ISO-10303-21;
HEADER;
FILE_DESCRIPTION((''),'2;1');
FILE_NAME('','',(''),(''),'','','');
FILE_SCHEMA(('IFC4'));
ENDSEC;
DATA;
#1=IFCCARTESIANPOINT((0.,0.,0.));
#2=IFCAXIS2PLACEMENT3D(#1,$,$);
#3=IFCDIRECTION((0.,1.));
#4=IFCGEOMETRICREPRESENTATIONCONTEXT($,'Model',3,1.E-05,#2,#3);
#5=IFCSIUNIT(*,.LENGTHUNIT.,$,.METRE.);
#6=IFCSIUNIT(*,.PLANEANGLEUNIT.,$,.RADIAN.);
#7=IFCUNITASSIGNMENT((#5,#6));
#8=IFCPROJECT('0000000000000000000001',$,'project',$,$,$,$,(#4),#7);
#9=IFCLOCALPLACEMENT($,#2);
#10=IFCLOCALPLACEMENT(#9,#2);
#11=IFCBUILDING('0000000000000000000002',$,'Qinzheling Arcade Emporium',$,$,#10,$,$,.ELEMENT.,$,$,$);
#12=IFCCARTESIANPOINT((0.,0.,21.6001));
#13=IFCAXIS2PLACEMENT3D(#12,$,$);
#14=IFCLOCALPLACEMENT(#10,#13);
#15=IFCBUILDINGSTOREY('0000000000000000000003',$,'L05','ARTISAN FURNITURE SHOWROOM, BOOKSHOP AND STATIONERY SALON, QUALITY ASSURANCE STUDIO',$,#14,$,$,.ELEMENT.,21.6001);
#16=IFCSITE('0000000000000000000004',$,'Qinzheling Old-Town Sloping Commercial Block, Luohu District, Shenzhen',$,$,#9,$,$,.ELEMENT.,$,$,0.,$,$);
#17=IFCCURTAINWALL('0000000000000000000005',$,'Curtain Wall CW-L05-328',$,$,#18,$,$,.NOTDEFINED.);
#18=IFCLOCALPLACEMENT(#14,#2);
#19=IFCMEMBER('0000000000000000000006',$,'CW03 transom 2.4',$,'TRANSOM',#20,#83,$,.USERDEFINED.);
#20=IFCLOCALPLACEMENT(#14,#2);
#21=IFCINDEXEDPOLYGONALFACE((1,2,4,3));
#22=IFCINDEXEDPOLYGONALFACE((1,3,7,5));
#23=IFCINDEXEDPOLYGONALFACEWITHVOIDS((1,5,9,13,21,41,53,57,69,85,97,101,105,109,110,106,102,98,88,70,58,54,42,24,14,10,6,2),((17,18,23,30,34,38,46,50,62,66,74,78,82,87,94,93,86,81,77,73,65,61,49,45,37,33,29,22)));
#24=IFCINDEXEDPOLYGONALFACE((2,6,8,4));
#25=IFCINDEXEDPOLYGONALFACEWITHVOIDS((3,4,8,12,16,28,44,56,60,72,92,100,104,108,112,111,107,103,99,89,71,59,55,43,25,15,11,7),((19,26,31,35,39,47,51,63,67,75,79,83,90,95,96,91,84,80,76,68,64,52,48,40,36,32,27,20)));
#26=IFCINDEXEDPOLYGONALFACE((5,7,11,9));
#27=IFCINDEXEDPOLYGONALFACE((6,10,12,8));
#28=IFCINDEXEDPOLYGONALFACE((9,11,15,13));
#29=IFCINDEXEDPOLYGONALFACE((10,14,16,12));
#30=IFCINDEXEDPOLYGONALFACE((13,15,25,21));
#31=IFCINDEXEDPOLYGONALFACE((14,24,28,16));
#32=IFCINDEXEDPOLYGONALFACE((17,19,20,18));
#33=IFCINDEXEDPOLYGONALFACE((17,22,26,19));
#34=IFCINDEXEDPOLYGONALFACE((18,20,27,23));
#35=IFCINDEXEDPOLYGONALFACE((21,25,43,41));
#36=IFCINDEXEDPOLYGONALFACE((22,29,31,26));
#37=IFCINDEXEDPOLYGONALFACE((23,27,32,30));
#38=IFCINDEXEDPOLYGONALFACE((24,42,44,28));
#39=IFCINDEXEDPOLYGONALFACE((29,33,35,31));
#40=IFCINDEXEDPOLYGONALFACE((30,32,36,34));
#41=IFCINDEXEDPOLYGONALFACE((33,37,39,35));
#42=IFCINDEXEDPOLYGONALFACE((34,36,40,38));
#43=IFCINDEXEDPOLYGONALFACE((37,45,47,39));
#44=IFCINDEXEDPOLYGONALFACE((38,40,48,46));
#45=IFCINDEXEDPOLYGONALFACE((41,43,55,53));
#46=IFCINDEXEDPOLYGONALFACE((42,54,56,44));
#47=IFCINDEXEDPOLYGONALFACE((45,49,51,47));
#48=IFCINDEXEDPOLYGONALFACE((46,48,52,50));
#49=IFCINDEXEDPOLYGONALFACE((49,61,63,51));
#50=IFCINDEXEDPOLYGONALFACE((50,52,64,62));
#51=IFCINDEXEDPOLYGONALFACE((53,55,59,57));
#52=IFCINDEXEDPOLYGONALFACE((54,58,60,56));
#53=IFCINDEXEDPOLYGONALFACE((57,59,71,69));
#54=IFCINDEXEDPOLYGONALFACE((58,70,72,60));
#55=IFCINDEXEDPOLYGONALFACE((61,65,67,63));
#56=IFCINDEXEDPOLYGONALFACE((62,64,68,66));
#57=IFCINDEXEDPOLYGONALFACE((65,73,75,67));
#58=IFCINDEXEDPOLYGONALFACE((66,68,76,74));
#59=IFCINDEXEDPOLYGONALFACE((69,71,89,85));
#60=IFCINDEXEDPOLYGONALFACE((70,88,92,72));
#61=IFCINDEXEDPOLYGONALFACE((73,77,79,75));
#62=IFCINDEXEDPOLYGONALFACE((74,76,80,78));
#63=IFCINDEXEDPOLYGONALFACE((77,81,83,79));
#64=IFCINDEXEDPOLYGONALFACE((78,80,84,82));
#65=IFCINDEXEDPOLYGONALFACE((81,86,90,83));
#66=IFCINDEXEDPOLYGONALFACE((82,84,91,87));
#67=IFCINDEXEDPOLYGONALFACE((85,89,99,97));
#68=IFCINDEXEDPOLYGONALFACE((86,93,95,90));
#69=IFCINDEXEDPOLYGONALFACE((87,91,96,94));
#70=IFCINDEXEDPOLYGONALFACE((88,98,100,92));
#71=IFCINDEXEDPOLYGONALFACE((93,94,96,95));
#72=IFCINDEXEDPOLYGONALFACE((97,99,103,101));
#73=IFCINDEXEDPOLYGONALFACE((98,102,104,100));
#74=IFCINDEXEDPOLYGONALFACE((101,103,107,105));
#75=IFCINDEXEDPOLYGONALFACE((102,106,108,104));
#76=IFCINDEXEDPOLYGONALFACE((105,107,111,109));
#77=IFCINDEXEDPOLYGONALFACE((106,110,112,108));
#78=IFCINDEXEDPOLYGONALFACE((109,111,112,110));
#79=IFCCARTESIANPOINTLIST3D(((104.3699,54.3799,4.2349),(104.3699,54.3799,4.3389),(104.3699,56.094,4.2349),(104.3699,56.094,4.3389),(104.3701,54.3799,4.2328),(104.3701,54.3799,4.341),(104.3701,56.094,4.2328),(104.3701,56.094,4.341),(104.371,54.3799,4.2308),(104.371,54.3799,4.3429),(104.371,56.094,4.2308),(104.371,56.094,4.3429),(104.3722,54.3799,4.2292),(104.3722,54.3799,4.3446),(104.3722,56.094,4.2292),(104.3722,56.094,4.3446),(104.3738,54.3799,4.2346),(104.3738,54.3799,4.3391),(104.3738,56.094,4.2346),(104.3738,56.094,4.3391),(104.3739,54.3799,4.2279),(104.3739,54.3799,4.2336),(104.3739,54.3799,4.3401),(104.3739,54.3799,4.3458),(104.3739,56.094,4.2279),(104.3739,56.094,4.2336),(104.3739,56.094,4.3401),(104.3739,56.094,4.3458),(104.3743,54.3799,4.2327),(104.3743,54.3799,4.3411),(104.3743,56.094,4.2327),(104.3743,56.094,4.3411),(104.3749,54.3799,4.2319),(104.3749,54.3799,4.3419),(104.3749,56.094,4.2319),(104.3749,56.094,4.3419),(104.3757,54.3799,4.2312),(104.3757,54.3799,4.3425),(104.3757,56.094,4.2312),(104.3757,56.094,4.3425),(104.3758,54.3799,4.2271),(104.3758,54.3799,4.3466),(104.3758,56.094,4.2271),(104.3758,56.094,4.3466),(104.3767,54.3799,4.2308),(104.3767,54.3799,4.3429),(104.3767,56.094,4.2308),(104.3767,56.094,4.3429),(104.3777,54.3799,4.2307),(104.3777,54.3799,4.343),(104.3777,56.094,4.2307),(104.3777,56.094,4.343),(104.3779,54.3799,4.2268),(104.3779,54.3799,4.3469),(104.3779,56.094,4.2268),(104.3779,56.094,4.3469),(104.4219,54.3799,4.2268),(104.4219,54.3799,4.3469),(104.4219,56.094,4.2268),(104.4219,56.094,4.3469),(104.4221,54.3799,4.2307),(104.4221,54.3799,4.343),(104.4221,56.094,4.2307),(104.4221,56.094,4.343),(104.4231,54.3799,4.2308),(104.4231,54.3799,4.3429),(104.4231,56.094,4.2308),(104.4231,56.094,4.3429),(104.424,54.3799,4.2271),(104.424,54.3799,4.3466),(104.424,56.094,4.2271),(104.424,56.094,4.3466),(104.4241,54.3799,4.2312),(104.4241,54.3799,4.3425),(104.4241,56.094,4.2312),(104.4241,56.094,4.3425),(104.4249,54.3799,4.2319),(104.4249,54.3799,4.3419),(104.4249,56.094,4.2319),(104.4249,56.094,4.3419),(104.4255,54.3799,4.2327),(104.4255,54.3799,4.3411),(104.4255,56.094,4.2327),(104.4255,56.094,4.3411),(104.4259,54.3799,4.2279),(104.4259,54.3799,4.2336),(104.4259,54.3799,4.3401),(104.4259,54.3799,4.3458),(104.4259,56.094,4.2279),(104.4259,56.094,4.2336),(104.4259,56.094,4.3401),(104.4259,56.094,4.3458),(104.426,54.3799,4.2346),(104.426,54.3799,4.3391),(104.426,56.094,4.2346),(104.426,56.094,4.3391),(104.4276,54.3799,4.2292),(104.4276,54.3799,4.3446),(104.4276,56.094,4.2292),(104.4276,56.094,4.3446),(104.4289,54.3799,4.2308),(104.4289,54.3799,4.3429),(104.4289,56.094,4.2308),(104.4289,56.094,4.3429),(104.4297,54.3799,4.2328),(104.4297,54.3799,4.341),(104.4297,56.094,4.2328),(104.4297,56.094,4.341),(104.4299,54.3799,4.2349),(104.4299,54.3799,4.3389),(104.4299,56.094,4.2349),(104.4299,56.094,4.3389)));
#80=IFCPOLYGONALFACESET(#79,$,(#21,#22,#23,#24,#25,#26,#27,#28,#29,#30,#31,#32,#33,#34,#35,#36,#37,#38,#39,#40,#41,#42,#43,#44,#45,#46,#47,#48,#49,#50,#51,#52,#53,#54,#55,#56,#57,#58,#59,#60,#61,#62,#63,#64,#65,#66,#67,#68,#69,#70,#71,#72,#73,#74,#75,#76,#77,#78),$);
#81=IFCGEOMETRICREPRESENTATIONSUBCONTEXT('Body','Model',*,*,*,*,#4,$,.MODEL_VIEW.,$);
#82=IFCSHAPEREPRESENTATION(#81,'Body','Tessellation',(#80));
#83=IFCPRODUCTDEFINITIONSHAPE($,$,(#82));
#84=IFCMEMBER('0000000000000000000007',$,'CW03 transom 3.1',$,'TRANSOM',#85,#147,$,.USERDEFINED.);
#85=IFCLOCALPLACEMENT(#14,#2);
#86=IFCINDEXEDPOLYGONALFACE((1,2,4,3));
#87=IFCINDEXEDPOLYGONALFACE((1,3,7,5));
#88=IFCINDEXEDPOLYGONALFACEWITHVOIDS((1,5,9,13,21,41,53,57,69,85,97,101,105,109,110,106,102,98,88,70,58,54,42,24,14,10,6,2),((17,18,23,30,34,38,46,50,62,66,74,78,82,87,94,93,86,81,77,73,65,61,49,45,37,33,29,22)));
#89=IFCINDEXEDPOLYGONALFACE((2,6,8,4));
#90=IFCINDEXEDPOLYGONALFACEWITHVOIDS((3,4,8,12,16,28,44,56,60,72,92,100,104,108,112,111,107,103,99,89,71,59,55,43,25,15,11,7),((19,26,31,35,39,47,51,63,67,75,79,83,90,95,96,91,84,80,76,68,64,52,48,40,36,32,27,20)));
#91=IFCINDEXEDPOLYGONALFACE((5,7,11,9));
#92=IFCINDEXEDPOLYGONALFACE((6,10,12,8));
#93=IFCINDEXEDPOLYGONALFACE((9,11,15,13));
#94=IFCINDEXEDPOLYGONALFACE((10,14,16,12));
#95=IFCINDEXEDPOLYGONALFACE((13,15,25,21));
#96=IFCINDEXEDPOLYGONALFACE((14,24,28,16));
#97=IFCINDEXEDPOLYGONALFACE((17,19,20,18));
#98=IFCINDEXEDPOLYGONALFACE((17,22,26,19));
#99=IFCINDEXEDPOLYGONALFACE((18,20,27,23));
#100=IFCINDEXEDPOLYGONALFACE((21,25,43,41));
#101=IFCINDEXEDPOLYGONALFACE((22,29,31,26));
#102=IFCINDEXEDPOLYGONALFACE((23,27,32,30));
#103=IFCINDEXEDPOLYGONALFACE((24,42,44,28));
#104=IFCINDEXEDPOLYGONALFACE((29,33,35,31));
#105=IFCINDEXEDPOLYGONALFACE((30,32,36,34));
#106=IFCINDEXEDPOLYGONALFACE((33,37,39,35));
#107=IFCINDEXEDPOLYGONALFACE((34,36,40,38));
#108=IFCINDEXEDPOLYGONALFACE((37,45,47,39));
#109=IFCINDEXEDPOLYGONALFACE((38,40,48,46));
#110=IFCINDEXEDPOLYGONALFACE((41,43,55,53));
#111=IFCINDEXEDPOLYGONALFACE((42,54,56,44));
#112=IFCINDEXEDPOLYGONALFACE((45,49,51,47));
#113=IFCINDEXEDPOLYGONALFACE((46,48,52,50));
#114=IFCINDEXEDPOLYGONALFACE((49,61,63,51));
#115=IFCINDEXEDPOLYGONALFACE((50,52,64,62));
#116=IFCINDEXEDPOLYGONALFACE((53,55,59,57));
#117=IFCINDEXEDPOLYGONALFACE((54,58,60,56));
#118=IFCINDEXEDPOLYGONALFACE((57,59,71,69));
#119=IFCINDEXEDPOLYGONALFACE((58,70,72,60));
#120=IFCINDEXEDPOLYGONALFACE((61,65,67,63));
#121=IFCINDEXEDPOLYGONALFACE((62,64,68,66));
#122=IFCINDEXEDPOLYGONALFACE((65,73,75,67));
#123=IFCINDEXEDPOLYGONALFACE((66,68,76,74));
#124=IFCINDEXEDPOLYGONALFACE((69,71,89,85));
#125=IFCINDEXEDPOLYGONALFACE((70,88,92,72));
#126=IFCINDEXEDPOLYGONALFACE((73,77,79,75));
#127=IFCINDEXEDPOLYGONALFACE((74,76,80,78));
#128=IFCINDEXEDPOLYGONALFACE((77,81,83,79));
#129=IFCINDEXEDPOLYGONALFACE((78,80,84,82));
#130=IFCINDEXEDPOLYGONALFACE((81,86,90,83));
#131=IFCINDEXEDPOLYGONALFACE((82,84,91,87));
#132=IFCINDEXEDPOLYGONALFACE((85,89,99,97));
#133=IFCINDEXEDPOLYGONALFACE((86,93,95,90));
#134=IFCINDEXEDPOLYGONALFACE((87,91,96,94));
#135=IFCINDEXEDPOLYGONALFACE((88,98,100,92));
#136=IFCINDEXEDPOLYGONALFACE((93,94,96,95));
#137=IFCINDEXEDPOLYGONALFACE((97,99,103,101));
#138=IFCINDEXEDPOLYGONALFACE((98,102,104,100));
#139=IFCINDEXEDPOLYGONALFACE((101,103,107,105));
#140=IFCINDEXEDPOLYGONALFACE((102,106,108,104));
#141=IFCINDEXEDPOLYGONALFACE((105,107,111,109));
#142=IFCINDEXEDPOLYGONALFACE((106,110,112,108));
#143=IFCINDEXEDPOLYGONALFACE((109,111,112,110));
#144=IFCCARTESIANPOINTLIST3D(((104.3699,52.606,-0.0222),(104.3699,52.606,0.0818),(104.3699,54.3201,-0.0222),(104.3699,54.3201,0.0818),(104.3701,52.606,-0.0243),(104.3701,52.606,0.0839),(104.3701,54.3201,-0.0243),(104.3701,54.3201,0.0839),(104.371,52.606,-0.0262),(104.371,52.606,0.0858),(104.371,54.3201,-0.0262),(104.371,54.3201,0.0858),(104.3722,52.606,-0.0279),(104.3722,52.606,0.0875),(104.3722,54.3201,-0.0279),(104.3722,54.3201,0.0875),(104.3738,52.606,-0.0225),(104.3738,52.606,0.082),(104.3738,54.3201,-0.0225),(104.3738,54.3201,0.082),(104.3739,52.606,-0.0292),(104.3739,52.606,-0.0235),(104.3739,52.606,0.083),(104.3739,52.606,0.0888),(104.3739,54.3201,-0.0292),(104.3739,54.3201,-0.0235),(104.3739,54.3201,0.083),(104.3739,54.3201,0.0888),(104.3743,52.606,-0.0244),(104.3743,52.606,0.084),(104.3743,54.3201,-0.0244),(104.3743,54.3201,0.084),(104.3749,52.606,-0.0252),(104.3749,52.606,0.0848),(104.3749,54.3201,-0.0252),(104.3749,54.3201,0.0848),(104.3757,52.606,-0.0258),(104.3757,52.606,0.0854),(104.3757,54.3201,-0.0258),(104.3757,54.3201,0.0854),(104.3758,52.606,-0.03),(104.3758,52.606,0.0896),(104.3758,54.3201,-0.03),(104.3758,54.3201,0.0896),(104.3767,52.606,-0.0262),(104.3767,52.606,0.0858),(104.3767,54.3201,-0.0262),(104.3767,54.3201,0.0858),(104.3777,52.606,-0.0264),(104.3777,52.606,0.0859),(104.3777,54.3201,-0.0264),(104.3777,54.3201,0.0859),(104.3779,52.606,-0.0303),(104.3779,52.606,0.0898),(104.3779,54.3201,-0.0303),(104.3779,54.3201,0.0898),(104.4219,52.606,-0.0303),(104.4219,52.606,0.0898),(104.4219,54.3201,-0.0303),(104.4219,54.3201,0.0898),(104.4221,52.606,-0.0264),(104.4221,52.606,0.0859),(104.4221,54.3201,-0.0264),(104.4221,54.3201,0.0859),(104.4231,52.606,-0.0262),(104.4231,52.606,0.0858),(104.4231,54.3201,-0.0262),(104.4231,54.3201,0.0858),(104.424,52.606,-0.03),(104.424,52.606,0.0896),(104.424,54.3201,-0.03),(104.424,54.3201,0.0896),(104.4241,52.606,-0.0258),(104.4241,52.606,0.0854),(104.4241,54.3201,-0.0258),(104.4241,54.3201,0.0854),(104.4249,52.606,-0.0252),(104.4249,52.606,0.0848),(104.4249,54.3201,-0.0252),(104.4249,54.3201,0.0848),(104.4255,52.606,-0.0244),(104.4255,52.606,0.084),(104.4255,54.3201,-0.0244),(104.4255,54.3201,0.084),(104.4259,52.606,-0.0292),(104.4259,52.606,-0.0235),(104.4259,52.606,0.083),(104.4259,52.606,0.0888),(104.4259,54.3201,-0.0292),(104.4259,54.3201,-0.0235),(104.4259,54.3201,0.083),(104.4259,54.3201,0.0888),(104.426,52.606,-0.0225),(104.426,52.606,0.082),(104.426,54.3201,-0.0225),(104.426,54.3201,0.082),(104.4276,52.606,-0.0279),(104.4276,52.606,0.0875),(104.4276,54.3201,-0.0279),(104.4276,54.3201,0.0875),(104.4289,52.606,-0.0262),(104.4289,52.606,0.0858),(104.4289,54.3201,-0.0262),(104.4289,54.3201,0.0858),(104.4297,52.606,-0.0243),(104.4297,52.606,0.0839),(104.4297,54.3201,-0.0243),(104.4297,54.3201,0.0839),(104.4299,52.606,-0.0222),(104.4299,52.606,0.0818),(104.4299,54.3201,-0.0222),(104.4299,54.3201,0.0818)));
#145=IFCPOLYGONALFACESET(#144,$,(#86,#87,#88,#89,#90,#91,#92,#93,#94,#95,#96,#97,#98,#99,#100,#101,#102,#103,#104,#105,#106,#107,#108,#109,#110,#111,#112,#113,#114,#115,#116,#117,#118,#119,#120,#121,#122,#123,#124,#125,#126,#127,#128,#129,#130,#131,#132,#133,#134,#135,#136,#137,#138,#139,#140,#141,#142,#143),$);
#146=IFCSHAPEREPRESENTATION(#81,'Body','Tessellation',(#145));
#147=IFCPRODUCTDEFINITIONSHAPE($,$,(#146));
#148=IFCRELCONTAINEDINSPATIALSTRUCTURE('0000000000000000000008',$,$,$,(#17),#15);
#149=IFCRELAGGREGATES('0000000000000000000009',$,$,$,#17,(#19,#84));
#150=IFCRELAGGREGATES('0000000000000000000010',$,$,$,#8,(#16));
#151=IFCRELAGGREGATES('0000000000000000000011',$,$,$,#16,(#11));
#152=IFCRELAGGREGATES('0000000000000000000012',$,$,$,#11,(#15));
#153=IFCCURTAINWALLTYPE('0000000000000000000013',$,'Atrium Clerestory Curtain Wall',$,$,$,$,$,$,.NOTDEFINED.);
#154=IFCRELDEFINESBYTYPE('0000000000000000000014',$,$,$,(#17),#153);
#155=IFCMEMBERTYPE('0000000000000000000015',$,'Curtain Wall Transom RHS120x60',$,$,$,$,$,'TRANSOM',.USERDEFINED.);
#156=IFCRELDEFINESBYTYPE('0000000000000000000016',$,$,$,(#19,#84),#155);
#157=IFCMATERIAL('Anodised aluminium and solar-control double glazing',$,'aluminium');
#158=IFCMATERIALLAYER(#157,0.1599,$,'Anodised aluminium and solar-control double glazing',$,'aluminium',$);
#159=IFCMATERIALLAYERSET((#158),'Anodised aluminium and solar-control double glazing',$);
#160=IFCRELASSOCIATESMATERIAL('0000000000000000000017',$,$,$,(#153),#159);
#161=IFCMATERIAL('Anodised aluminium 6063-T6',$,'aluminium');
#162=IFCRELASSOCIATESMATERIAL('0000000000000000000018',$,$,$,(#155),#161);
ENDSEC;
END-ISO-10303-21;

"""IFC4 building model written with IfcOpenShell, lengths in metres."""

from ifc_helpers import new_model, si_unit, direction, frame, origin, origin_2d, place, context, subcontext, project, spatial, hollow_rectangle, extrude, material, layer, layer_set, material_profile, profile_set, type_object, element, aggregate, save


model = new_model("IFC4")

# Units and contexts
model_context = context("Model", 3, precision=1e-05, world=origin(), true_north=direction((0.0, 1.0)))
body_context = subcontext(model_context, "Body", "Model", "MODEL_VIEW")
ifc_project = project(units=[si_unit("LENGTHUNIT", "METRE"), si_unit("PLANEANGLEUNIT", "RADIAN")], contexts=[model_context])

# Site, building, storey
site_placement = place(None, origin())
site = spatial("IfcSite", under=ifc_project, at=site_placement, Name="Qinzheling Old-Town Sloping Commercial Block, Luohu District, Shenzhen", CompositionType="ELEMENT", RefElevation=0.0)
building_placement = place(site_placement, origin())
building = spatial("IfcBuilding", under=site, at=building_placement, Name="Qinzheling Arcade Emporium", CompositionType="ELEMENT")
storey_placement = place(building_placement, frame((0.0, 0.0, 21.6001)))
storey = spatial("IfcBuildingStorey", under=building, at=storey_placement, Name="L05", Description="ARTISAN FURNITURE SHOWROOM, BOOKSHOP AND STATIONERY SALON, QUALITY ASSURANCE STUDIO", CompositionType="ELEMENT", Elevation=21.6001)

# Curtain wall, members
ifc_material_1 = material(Name="Anodised aluminium and solar-control double glazing", Category="aluminium")
ifc_layer_1 = layer(ifc_material_1, 0.1599, Name="Anodised aluminium and solar-control double glazing", Category="aluminium")
ifc_layer_set_1 = layer_set([ifc_layer_1], Name="Anodised aluminium and solar-control double glazing")
curtain_wall_type = type_object("IfcCurtainWallType", Name="Atrium Clerestory Curtain Wall", PredefinedType="NOTDEFINED", material=ifc_layer_set_1)
curtain_wall_placement = place(storey_placement, origin())
curtain_wall = element("IfcCurtainWall", 1, at=curtain_wall_placement, inside=storey, type_object=curtain_wall_type, Name="Curtain Wall CW-L05-328", PredefinedType="NOTDEFINED")
ifc_material_2 = material(Name="Anodised aluminium 6063-T6", Category="aluminium")
ifc_material_profile_1 = material_profile(ifc_material_2, hollow_rectangle(XDim=0.0601, YDim=0.1201, WallThickness=0.0039, InnerFilletRadius=0.0039, OuterFilletRadius=0.0081, at=origin_2d()), Name="RHS 120x60x4", Category="aluminium")
ifc_profile_set_1 = profile_set([ifc_material_profile_1], Name="Anodised aluminium 6063-T6")
member_type_1 = type_object("IfcMemberType", Name="Curtain Wall Transom RHS120x60", ElementType="TRANSOM", PredefinedType="USERDEFINED", material=ifc_profile_set_1)
member_1_placement = place(storey_placement, frame((104.3999, 56.094, 4.2869), z_axis=(0.0, -1.0, 0.0), x_axis=(1.0, 0.0, 0.0)))
member_1 = element("IfcMember", 2, at=member_1_placement, type_object=member_type_1, Name="CW03 transom 2.4", ObjectType="TRANSOM", PredefinedType="USERDEFINED", context=body_context, shape_type="SweptSolid", body=[
    extrude(hollow_rectangle(XDim=0.0601, YDim=0.1201, WallThickness=0.0039, InnerFilletRadius=0.0039, OuterFilletRadius=0.0081, at=origin_2d()), origin(), (0.0, 0.0, 1.0), 1.7141),
])
member_2_placement = place(storey_placement, frame((104.3999, 54.3201, 0.0298), z_axis=(0.0, -1.0, 0.0), x_axis=(1.0, 0.0, 0.0)))
member_2 = element("IfcMember", 3, at=member_2_placement, type_object=member_type_1, Name="CW03 transom 3.1", ObjectType="TRANSOM", PredefinedType="USERDEFINED", context=body_context, shape_type="SweptSolid", body=[
    extrude(hollow_rectangle(XDim=0.0601, YDim=0.1201, WallThickness=0.0039, InnerFilletRadius=0.0039, OuterFilletRadius=0.0081, at=origin_2d()), origin(), (0.0, 0.0, 1.0), 1.7141),
])
aggregate(curtain_wall, [member_1, member_2])

save(model, "model.ifc")
